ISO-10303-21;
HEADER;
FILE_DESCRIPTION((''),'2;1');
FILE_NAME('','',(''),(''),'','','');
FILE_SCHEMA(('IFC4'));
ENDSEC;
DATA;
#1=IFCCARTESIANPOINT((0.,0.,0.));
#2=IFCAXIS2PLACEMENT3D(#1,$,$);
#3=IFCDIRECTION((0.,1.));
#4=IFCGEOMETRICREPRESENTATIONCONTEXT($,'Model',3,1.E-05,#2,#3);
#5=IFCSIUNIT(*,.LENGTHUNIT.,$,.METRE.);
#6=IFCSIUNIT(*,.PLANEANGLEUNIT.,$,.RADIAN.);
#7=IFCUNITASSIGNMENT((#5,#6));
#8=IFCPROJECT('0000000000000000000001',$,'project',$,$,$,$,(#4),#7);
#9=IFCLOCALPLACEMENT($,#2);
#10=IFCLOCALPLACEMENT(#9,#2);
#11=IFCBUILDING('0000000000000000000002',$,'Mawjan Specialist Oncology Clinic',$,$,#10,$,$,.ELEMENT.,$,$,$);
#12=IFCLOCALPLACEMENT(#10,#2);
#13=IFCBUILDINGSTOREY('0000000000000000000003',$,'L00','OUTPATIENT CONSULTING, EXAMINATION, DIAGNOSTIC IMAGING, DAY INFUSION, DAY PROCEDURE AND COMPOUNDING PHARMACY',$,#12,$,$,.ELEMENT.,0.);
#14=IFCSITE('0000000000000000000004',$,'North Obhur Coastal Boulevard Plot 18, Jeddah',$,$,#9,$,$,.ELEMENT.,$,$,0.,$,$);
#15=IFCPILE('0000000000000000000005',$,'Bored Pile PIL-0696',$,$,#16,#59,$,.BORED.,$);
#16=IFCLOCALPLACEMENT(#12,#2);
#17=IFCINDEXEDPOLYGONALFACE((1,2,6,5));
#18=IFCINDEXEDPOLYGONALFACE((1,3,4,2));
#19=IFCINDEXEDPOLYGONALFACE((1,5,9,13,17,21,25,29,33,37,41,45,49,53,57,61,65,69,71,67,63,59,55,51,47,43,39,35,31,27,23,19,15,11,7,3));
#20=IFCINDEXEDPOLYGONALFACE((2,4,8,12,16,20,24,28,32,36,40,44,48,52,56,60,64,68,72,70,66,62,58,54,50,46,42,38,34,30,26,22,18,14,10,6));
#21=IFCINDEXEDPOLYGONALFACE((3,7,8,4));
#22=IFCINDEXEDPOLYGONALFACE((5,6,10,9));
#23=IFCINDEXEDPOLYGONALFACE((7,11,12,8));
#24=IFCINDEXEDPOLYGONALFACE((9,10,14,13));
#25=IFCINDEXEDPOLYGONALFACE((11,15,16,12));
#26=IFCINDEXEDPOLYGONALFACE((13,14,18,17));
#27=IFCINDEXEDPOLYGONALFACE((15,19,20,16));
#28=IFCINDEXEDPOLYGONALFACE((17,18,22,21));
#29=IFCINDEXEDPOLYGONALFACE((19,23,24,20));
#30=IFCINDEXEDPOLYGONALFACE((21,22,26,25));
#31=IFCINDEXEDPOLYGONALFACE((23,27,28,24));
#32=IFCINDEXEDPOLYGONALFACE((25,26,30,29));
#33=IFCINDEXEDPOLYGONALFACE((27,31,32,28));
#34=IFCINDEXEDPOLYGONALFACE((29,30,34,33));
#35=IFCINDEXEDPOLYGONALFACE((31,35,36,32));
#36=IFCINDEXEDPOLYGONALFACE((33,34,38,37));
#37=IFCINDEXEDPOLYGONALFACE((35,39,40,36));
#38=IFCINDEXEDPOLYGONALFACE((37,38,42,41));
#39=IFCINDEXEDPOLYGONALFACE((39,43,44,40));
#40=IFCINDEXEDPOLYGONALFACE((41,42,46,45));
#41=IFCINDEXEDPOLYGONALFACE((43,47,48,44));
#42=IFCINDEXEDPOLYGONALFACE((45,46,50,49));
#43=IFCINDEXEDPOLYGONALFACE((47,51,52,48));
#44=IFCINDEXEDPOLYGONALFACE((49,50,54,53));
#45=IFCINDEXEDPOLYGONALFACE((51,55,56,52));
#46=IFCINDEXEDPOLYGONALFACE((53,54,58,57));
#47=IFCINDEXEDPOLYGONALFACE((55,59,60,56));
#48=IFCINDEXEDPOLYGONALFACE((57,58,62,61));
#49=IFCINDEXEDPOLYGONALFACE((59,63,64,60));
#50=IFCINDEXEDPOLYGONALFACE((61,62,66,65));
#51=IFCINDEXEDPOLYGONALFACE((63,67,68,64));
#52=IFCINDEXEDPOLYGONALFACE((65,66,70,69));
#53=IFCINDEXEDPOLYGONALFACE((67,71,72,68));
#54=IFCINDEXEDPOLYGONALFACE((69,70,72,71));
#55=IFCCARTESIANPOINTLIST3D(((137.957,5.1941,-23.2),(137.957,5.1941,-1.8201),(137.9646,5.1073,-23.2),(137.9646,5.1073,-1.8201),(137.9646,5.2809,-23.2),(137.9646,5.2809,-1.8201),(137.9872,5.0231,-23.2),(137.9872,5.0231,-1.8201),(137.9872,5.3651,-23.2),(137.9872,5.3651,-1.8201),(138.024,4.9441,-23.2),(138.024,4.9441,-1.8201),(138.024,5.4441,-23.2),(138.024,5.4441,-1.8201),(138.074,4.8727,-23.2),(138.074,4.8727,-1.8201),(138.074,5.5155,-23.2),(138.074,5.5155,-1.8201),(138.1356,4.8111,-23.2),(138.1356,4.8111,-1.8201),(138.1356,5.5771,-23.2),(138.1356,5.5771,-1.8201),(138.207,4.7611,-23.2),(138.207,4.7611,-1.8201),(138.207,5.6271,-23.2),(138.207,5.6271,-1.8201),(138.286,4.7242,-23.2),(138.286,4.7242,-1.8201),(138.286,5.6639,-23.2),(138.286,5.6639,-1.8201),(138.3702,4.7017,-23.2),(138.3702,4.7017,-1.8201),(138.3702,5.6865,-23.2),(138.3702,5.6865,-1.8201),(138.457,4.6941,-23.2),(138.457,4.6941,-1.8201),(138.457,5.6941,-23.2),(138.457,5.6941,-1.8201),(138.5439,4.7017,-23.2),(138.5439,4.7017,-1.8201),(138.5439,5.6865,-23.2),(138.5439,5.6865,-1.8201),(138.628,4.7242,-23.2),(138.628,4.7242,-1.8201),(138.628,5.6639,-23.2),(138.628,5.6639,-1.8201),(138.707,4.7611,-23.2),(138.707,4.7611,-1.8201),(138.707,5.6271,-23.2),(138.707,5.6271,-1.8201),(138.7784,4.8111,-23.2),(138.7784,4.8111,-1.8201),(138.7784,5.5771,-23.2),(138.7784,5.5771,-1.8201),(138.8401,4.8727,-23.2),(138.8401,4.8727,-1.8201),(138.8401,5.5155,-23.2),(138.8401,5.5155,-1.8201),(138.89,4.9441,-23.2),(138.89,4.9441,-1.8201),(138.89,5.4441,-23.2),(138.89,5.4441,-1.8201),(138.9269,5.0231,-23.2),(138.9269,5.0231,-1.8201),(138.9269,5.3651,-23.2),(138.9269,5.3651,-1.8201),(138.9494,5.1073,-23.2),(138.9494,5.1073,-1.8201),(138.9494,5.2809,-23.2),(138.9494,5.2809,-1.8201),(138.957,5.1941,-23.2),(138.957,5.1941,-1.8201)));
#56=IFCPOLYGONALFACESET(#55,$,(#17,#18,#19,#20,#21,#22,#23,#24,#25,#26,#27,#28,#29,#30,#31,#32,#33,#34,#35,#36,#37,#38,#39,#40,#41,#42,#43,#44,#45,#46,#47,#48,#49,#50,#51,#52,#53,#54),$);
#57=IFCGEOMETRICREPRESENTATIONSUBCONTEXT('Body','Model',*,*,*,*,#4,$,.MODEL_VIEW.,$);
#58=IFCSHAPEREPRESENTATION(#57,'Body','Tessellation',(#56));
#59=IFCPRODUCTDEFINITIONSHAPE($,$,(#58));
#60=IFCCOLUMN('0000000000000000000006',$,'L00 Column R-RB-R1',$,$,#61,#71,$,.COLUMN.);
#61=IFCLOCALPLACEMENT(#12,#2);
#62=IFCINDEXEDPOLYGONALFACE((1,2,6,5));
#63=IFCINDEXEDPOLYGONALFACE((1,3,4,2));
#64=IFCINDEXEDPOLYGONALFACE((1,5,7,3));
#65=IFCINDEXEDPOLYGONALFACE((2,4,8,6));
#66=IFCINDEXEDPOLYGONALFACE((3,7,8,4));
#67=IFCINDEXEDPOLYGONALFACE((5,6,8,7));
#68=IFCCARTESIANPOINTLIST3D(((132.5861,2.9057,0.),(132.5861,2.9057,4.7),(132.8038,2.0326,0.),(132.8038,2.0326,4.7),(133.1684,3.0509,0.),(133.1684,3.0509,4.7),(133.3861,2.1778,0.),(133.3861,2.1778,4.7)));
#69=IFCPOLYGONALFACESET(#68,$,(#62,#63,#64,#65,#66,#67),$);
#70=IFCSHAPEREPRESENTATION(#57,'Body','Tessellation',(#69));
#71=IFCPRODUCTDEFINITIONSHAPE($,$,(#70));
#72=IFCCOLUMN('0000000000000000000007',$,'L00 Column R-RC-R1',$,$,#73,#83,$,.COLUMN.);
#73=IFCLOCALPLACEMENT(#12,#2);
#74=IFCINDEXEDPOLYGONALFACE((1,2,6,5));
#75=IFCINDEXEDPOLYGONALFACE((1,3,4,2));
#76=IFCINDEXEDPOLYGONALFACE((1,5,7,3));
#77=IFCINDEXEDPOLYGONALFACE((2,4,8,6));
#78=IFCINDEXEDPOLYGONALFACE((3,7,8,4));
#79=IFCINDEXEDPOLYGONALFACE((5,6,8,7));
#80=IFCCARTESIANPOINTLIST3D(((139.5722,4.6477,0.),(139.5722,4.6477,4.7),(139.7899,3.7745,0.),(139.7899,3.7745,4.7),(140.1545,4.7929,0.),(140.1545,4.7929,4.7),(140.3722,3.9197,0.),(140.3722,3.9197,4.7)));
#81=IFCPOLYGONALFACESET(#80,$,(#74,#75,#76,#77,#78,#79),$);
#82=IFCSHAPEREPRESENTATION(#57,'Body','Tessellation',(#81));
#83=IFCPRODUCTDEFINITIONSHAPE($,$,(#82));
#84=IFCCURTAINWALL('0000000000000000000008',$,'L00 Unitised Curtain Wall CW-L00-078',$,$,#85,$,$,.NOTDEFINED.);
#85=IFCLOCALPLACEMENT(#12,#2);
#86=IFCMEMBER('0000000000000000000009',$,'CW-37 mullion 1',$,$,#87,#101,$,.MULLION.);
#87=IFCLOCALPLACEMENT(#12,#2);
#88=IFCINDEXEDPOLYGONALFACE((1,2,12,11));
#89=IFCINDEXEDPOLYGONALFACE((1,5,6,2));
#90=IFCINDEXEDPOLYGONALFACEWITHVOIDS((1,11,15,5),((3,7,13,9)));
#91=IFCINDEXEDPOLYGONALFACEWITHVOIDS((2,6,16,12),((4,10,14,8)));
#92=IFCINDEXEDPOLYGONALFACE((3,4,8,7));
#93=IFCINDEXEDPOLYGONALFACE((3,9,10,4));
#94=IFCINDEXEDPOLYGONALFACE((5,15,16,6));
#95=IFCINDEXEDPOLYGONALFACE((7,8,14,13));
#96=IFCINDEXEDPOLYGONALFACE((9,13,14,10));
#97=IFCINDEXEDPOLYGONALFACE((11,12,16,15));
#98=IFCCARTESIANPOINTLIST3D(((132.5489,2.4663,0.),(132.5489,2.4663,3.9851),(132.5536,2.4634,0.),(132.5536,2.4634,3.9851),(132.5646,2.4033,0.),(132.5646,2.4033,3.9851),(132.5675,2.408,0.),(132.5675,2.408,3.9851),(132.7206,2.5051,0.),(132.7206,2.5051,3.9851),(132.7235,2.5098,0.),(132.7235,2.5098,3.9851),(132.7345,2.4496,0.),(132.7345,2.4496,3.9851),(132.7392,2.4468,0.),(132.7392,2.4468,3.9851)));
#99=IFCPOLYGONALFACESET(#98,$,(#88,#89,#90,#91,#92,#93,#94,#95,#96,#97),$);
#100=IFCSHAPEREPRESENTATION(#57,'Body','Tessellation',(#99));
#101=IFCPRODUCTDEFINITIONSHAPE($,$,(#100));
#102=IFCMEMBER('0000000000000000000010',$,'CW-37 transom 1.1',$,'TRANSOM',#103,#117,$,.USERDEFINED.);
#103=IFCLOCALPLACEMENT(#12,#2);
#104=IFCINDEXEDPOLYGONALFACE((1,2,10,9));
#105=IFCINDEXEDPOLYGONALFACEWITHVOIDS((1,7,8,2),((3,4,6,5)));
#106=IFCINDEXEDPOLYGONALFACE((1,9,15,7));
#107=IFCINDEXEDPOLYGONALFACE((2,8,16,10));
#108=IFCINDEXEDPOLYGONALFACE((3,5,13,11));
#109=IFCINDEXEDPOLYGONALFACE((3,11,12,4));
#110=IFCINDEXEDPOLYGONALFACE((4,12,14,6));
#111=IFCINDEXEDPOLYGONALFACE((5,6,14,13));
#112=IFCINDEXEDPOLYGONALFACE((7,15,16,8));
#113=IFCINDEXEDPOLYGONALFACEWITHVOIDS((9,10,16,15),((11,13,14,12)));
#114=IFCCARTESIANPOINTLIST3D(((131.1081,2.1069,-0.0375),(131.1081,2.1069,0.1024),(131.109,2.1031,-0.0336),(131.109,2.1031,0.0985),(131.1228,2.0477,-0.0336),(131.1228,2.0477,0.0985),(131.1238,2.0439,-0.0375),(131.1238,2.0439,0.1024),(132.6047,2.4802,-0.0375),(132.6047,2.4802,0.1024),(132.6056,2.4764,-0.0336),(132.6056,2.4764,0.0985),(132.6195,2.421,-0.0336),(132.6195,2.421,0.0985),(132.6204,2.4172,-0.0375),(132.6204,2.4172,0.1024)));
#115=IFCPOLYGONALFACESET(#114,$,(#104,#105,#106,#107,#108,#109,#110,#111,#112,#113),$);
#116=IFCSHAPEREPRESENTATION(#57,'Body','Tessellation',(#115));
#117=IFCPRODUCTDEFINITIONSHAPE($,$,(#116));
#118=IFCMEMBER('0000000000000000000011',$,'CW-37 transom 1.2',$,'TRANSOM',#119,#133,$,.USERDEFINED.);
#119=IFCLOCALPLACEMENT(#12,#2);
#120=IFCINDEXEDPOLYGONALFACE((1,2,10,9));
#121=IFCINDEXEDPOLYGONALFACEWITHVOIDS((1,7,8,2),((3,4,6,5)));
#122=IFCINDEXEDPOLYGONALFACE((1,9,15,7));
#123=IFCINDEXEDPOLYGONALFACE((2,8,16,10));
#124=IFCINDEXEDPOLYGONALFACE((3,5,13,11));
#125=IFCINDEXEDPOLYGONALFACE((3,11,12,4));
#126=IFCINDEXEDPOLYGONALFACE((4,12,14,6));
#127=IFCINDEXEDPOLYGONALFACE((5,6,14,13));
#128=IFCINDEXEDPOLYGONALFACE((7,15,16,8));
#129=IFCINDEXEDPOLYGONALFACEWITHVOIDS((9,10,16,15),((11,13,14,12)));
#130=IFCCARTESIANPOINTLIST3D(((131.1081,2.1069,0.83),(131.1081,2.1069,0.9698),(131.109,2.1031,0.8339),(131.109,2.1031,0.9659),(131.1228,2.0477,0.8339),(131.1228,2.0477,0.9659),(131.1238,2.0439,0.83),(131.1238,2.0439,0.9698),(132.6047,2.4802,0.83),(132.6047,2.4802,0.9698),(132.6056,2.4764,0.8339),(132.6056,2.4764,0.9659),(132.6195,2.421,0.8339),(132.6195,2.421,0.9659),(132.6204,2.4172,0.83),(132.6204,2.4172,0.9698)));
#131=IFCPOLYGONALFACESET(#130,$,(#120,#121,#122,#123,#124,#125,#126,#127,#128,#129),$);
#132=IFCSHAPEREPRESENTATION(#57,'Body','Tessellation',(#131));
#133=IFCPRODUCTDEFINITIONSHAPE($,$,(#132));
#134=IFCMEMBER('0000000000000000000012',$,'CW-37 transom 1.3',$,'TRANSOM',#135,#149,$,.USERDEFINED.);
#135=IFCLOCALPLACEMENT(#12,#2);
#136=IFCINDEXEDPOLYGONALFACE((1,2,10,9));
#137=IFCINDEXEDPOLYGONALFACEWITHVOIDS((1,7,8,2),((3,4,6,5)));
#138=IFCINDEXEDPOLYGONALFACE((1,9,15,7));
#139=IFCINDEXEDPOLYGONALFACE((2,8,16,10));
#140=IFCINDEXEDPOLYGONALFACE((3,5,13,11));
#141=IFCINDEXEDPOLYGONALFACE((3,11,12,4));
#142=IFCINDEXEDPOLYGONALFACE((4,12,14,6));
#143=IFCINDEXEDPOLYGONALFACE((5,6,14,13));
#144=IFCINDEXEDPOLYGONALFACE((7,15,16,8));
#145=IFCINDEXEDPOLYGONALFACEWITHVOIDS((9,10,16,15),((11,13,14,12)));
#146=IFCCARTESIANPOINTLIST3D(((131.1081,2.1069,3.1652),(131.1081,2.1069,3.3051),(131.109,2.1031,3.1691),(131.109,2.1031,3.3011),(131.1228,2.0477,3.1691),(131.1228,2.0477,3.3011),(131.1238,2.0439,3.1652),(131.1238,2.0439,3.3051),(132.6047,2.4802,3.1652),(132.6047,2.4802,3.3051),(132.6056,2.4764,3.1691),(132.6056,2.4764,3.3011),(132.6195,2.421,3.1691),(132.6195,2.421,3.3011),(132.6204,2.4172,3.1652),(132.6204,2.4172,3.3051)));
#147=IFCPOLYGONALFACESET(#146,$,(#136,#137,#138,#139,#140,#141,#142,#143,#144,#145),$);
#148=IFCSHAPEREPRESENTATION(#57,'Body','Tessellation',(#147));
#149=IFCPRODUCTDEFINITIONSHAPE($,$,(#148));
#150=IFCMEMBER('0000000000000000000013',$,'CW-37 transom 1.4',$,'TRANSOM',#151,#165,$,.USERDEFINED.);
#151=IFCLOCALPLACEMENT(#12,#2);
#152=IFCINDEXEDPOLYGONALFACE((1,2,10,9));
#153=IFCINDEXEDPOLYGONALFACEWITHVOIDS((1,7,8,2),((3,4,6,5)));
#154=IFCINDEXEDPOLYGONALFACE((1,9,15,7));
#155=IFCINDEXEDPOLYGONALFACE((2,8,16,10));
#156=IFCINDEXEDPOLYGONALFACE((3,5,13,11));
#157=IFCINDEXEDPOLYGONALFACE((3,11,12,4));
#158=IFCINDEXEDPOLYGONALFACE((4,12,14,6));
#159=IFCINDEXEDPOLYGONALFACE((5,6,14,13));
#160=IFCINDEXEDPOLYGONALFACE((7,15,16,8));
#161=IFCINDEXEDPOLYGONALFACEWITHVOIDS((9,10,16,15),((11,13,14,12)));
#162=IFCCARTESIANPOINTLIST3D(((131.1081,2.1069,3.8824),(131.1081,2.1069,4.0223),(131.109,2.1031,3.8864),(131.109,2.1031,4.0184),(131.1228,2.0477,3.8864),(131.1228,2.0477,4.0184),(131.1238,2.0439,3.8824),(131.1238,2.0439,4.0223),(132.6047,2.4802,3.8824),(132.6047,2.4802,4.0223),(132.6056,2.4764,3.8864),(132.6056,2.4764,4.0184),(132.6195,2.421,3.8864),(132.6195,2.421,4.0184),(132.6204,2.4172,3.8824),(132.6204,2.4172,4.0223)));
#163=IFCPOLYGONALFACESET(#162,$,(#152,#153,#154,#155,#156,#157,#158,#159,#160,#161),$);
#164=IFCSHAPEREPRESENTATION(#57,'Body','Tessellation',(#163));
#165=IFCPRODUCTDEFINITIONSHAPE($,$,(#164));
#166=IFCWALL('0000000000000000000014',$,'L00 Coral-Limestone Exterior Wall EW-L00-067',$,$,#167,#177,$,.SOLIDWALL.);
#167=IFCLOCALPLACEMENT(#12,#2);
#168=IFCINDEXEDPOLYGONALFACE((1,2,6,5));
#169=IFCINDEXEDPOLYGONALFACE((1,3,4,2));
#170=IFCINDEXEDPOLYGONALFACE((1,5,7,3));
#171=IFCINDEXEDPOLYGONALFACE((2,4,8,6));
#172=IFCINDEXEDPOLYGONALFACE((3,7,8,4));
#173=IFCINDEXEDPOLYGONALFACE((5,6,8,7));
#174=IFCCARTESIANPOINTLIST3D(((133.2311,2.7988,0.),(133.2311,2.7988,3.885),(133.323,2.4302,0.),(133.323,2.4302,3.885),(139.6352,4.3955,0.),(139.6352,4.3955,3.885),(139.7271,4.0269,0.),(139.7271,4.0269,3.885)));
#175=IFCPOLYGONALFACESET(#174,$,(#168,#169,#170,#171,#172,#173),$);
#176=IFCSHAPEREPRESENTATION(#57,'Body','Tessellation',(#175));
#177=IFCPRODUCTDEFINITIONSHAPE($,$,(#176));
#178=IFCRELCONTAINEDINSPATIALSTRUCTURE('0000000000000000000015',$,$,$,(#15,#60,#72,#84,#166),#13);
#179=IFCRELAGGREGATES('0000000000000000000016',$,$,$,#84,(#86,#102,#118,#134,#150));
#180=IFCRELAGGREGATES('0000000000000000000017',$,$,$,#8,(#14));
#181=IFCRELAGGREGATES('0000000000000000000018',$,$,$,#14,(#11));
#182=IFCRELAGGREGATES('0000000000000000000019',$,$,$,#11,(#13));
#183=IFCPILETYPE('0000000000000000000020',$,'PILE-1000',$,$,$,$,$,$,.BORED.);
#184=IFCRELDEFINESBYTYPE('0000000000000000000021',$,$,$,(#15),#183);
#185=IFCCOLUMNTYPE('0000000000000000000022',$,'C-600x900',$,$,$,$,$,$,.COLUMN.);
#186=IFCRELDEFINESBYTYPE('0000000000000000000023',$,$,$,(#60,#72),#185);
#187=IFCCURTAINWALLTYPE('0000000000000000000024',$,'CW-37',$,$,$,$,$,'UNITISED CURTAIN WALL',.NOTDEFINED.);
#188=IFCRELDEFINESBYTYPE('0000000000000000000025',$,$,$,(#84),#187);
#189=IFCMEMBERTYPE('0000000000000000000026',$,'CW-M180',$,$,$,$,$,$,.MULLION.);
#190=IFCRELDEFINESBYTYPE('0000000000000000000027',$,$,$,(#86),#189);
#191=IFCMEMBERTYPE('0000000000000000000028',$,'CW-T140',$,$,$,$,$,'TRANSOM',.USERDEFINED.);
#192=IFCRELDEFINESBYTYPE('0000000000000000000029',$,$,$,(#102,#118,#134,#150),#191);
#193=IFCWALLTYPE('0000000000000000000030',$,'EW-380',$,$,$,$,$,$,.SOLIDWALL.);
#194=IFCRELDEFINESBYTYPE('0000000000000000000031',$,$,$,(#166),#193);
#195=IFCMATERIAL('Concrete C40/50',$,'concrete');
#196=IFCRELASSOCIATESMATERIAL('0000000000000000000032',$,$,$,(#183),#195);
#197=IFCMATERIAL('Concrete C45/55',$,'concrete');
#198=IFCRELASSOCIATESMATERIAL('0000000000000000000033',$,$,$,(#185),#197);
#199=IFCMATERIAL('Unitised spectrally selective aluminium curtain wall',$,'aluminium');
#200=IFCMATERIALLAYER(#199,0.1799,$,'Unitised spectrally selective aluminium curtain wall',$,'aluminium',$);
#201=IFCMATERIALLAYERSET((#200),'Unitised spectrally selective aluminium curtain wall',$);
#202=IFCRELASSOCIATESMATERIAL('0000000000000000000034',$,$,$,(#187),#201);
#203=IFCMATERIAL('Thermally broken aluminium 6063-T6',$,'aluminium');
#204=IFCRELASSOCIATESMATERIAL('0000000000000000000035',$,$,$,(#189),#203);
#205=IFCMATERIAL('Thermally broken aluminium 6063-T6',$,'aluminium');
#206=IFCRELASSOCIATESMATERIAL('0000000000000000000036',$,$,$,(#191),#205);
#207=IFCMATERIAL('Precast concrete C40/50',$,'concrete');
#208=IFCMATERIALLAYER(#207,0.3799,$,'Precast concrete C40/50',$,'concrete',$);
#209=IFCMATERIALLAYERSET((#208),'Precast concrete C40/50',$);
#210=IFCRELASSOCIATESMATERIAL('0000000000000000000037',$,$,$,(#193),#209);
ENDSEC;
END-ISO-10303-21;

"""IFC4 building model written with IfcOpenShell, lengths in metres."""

from ifc_helpers import new_model, si_unit, direction, frame, frame_2d, origin, origin_2d, place, context, subcontext, project, spatial, rectangle, hollow_rectangle, circle, extrude, material, layer, layer_set, material_profile, profile_set, type_object, element, aggregate, save


model = new_model("IFC4")

# Units and contexts
model_context = context("Model", 3, precision=1e-05, world=origin(), true_north=direction((0.0, 1.0)))
body_context = subcontext(model_context, "Body", "Model", "MODEL_VIEW")
ifc_project = project(units=[si_unit("LENGTHUNIT", "METRE"), si_unit("PLANEANGLEUNIT", "RADIAN")], contexts=[model_context])

# Site, building, storey
site_placement = place(None, origin())
site = spatial("IfcSite", under=ifc_project, at=site_placement, Name="North Obhur Coastal Boulevard Plot 18, Jeddah", CompositionType="ELEMENT", RefElevation=0.0)
building_placement = place(site_placement, origin())
building = spatial("IfcBuilding", under=site, at=building_placement, Name="Mawjan Specialist Oncology Clinic", CompositionType="ELEMENT")
storey_placement = place(building_placement, origin())
storey = spatial("IfcBuildingStorey", under=building, at=storey_placement, Name="L00", Description="OUTPATIENT CONSULTING, EXAMINATION, DIAGNOSTIC IMAGING, DAY INFUSION, DAY PROCEDURE AND COMPOUNDING PHARMACY", CompositionType="ELEMENT", Elevation=0.0)

# Pile
ifc_material_1 = material(Name="Concrete C40/50", Category="concrete")
ifc_material_profile_1 = material_profile(ifc_material_1, circle(Radius=0.5, at=origin_2d()), Name="BORED PILE D1000", Category="concrete")
ifc_profile_set_1 = profile_set([ifc_material_profile_1], Name="Concrete C40/50")
pile_type = type_object("IfcPileType", Name="PILE-1000", PredefinedType="BORED", material=ifc_profile_set_1)
for number, where, z_axis, x_axis, name in (
    (1, (138.457, 5.1941, -1.8201), (0.0, 0.0, -1.0), (1.0, 0.0, 0.0), "Bored Pile PIL-0696"),
):
    element("IfcPile", number, at=place(storey_placement, frame(where, z_axis=z_axis, x_axis=x_axis)), inside=storey, type_object=pile_type, Name=name, PredefinedType="BORED", context=body_context, shape_type="SweptSolid", body=[
        extrude(circle(Radius=0.5, at=origin_2d()), origin(), (0.0, 0.0, 1.0), 21.3799),
    ])

# Columns
ifc_material_2 = material(Name="Concrete C45/55", Category="concrete")
ifc_material_profile_2 = material_profile(ifc_material_2, rectangle(XDim=0.6001, YDim=0.8999, at=origin_2d()), Name="RC COL 600x900", Category="concrete")
ifc_profile_set_2 = profile_set([ifc_material_profile_2], Name="Concrete C45/55")
column_type = type_object("IfcColumnType", Name="C-600x900", PredefinedType="COLUMN", material=ifc_profile_set_2)
for number, where, z_axis, x_axis, name in (
    (2, (132.9861, 2.5417, 0.0), (0.0, 0.0, 1.0), (0.970296, 0.241922, 0.0), "L00 Column R-RB-R1"),
    (3, (139.9722, 4.2837, 0.0), (0.0, 0.0, 1.0), (0.970296, 0.241922, 0.0), "L00 Column R-RC-R1"),
):
    element("IfcColumn", number, at=place(storey_placement, frame(where, z_axis=z_axis, x_axis=x_axis)), inside=storey, type_object=column_type, Name=name, PredefinedType="COLUMN", context=body_context, shape_type="SweptSolid", body=[
        extrude(rectangle(XDim=0.6001, YDim=0.8999, at=origin_2d()), origin(), (0.0, 0.0, 1.0), 4.7),
    ])

# Curtain wall, members
ifc_material_3 = material(Name="Unitised spectrally selective aluminium curtain wall", Category="aluminium")
ifc_layer_1 = layer(ifc_material_3, 0.1799, Name="Unitised spectrally selective aluminium curtain wall", Category="aluminium")
ifc_layer_set_1 = layer_set([ifc_layer_1], Name="Unitised spectrally selective aluminium curtain wall")
curtain_wall_type = type_object("IfcCurtainWallType", Name="CW-37", ElementType="UNITISED CURTAIN WALL", PredefinedType="NOTDEFINED", material=ifc_layer_set_1)
curtain_wall_placement = place(storey_placement, origin())
curtain_wall = element("IfcCurtainWall", 4, at=curtain_wall_placement, inside=storey, type_object=curtain_wall_type, Name="L00 Unitised Curtain Wall CW-L00-078", PredefinedType="NOTDEFINED")
ifc_material_4 = material(Name="Thermally broken aluminium 6063-T6", Category="aluminium")
ifc_material_profile_3 = material_profile(ifc_material_4, hollow_rectangle(XDim=0.0649, YDim=0.1799, WallThickness=0.0039, at=origin_2d()), Name="ALU MULLION 180x65x4", Category="aluminium")
ifc_profile_set_3 = profile_set([ifc_material_profile_3], Name="Thermally broken aluminium 6063-T6")
member_type_1 = type_object("IfcMemberType", Name="CW-M180", PredefinedType="MULLION", material=ifc_profile_set_3)
member_1_placement = place(storey_placement, frame((132.644, 2.4565, 0.0), z_axis=(0.0, 0.0, 1.0), x_axis=(0.241922, -0.970296, 0.0)))
member_1 = element("IfcMember", 5, at=member_1_placement, type_object=member_type_1, Name="CW-37 mullion 1", PredefinedType="MULLION", context=body_context, shape_type="SweptSolid", body=[
    extrude(hollow_rectangle(XDim=0.0649, YDim=0.1799, WallThickness=0.0039, at=origin_2d()), origin(), (0.0, 0.0, 1.0), 3.9851),
])
ifc_material_5 = material(Name="Thermally broken aluminium 6063-T6", Category="aluminium")
ifc_material_profile_4 = material_profile(ifc_material_5, hollow_rectangle(XDim=0.0649, YDim=0.1399, WallThickness=0.0039, at=origin_2d()), Name="ALU TRANSOM 140x65x4", Category="aluminium")
ifc_profile_set_4 = profile_set([ifc_material_profile_4], Name="Thermally broken aluminium 6063-T6")
member_type_2 = type_object("IfcMemberType", Name="CW-T140", ElementType="TRANSOM", PredefinedType="USERDEFINED", material=ifc_profile_set_4)
member_2_placement = place(storey_placement, frame((132.6125, 2.4487, 0.0325), z_axis=(-0.970273, -0.242014, 0.0), x_axis=(0.242014, -0.970273, 0.0)))
member_2 = element("IfcMember", 6, at=member_2_placement, type_object=member_type_2, Name="CW-37 transom 1.1", ObjectType="TRANSOM", PredefinedType="USERDEFINED", context=body_context, shape_type="SweptSolid", body=[
    extrude(hollow_rectangle(XDim=0.0649, YDim=0.1399, WallThickness=0.0039, at=origin_2d()), origin(), (0.0, 0.0, 1.0), 1.5425),
])
member_3_placement = place(storey_placement, frame((132.6125, 2.4487, 0.8999), z_axis=(-0.970273, -0.242014, 0.0), x_axis=(0.242014, -0.970273, 0.0)))
member_3 = element("IfcMember", 7, at=member_3_placement, type_object=member_type_2, Name="CW-37 transom 1.2", ObjectType="TRANSOM", PredefinedType="USERDEFINED", context=body_context, shape_type="SweptSolid", body=[
    extrude(hollow_rectangle(XDim=0.0649, YDim=0.1399, WallThickness=0.0039, at=origin_2d()), origin(), (0.0, 0.0, 1.0), 1.5425),
])
member_4_placement = place(storey_placement, frame((132.6125, 2.4487, 3.2351), z_axis=(-0.970273, -0.242014, 0.0), x_axis=(0.242014, -0.970273, 0.0)))
member_4 = element("IfcMember", 8, at=member_4_placement, type_object=member_type_2, Name="CW-37 transom 1.3", ObjectType="TRANSOM", PredefinedType="USERDEFINED", context=body_context, shape_type="SweptSolid", body=[
    extrude(hollow_rectangle(XDim=0.0649, YDim=0.1399, WallThickness=0.0039, at=origin_2d()), origin(), (0.0, 0.0, 1.0), 1.5425),
])
member_5_placement = place(storey_placement, frame((132.6125, 2.4487, 3.9524), z_axis=(-0.970273, -0.242014, 0.0), x_axis=(0.242014, -0.970273, 0.0)))
member_5 = element("IfcMember", 9, at=member_5_placement, type_object=member_type_2, Name="CW-37 transom 1.4", ObjectType="TRANSOM", PredefinedType="USERDEFINED", context=body_context, shape_type="SweptSolid", body=[
    extrude(hollow_rectangle(XDim=0.0649, YDim=0.1399, WallThickness=0.0039, at=origin_2d()), origin(), (0.0, 0.0, 1.0), 1.5425),
])
aggregate(curtain_wall, [member_1, member_2, member_3, member_4, member_5])

# Wall
ifc_material_6 = material(Name="Precast concrete C40/50", Category="concrete")
ifc_layer_2 = layer(ifc_material_6, 0.3799, Name="Precast concrete C40/50", Category="concrete")
ifc_layer_set_2 = layer_set([ifc_layer_2], Name="Precast concrete C40/50")
wall_type_1 = type_object("IfcWallType", Name="EW-380", PredefinedType="SOLIDWALL", material=ifc_layer_set_2)
wall_1_placement = place(storey_placement, frame((139.6812, 4.2112, 0.0), z_axis=(0.0, 0.0, 1.0), x_axis=(-0.970297, -0.241918, 0.0)))
element("IfcWall", 10, at=wall_1_placement, inside=storey, type_object=wall_type_1, Name="L00 Coral-Limestone Exterior Wall EW-L00-067", PredefinedType="SOLIDWALL", context=body_context, shape_type="SweptSolid", body=[
    extrude(rectangle(XDim=6.6001, YDim=0.3799, at=frame_2d((3.3, 0.0))), origin(), (0.0, 0.0, 1.0), 3.885),
])

save(model, "model.ifc")
